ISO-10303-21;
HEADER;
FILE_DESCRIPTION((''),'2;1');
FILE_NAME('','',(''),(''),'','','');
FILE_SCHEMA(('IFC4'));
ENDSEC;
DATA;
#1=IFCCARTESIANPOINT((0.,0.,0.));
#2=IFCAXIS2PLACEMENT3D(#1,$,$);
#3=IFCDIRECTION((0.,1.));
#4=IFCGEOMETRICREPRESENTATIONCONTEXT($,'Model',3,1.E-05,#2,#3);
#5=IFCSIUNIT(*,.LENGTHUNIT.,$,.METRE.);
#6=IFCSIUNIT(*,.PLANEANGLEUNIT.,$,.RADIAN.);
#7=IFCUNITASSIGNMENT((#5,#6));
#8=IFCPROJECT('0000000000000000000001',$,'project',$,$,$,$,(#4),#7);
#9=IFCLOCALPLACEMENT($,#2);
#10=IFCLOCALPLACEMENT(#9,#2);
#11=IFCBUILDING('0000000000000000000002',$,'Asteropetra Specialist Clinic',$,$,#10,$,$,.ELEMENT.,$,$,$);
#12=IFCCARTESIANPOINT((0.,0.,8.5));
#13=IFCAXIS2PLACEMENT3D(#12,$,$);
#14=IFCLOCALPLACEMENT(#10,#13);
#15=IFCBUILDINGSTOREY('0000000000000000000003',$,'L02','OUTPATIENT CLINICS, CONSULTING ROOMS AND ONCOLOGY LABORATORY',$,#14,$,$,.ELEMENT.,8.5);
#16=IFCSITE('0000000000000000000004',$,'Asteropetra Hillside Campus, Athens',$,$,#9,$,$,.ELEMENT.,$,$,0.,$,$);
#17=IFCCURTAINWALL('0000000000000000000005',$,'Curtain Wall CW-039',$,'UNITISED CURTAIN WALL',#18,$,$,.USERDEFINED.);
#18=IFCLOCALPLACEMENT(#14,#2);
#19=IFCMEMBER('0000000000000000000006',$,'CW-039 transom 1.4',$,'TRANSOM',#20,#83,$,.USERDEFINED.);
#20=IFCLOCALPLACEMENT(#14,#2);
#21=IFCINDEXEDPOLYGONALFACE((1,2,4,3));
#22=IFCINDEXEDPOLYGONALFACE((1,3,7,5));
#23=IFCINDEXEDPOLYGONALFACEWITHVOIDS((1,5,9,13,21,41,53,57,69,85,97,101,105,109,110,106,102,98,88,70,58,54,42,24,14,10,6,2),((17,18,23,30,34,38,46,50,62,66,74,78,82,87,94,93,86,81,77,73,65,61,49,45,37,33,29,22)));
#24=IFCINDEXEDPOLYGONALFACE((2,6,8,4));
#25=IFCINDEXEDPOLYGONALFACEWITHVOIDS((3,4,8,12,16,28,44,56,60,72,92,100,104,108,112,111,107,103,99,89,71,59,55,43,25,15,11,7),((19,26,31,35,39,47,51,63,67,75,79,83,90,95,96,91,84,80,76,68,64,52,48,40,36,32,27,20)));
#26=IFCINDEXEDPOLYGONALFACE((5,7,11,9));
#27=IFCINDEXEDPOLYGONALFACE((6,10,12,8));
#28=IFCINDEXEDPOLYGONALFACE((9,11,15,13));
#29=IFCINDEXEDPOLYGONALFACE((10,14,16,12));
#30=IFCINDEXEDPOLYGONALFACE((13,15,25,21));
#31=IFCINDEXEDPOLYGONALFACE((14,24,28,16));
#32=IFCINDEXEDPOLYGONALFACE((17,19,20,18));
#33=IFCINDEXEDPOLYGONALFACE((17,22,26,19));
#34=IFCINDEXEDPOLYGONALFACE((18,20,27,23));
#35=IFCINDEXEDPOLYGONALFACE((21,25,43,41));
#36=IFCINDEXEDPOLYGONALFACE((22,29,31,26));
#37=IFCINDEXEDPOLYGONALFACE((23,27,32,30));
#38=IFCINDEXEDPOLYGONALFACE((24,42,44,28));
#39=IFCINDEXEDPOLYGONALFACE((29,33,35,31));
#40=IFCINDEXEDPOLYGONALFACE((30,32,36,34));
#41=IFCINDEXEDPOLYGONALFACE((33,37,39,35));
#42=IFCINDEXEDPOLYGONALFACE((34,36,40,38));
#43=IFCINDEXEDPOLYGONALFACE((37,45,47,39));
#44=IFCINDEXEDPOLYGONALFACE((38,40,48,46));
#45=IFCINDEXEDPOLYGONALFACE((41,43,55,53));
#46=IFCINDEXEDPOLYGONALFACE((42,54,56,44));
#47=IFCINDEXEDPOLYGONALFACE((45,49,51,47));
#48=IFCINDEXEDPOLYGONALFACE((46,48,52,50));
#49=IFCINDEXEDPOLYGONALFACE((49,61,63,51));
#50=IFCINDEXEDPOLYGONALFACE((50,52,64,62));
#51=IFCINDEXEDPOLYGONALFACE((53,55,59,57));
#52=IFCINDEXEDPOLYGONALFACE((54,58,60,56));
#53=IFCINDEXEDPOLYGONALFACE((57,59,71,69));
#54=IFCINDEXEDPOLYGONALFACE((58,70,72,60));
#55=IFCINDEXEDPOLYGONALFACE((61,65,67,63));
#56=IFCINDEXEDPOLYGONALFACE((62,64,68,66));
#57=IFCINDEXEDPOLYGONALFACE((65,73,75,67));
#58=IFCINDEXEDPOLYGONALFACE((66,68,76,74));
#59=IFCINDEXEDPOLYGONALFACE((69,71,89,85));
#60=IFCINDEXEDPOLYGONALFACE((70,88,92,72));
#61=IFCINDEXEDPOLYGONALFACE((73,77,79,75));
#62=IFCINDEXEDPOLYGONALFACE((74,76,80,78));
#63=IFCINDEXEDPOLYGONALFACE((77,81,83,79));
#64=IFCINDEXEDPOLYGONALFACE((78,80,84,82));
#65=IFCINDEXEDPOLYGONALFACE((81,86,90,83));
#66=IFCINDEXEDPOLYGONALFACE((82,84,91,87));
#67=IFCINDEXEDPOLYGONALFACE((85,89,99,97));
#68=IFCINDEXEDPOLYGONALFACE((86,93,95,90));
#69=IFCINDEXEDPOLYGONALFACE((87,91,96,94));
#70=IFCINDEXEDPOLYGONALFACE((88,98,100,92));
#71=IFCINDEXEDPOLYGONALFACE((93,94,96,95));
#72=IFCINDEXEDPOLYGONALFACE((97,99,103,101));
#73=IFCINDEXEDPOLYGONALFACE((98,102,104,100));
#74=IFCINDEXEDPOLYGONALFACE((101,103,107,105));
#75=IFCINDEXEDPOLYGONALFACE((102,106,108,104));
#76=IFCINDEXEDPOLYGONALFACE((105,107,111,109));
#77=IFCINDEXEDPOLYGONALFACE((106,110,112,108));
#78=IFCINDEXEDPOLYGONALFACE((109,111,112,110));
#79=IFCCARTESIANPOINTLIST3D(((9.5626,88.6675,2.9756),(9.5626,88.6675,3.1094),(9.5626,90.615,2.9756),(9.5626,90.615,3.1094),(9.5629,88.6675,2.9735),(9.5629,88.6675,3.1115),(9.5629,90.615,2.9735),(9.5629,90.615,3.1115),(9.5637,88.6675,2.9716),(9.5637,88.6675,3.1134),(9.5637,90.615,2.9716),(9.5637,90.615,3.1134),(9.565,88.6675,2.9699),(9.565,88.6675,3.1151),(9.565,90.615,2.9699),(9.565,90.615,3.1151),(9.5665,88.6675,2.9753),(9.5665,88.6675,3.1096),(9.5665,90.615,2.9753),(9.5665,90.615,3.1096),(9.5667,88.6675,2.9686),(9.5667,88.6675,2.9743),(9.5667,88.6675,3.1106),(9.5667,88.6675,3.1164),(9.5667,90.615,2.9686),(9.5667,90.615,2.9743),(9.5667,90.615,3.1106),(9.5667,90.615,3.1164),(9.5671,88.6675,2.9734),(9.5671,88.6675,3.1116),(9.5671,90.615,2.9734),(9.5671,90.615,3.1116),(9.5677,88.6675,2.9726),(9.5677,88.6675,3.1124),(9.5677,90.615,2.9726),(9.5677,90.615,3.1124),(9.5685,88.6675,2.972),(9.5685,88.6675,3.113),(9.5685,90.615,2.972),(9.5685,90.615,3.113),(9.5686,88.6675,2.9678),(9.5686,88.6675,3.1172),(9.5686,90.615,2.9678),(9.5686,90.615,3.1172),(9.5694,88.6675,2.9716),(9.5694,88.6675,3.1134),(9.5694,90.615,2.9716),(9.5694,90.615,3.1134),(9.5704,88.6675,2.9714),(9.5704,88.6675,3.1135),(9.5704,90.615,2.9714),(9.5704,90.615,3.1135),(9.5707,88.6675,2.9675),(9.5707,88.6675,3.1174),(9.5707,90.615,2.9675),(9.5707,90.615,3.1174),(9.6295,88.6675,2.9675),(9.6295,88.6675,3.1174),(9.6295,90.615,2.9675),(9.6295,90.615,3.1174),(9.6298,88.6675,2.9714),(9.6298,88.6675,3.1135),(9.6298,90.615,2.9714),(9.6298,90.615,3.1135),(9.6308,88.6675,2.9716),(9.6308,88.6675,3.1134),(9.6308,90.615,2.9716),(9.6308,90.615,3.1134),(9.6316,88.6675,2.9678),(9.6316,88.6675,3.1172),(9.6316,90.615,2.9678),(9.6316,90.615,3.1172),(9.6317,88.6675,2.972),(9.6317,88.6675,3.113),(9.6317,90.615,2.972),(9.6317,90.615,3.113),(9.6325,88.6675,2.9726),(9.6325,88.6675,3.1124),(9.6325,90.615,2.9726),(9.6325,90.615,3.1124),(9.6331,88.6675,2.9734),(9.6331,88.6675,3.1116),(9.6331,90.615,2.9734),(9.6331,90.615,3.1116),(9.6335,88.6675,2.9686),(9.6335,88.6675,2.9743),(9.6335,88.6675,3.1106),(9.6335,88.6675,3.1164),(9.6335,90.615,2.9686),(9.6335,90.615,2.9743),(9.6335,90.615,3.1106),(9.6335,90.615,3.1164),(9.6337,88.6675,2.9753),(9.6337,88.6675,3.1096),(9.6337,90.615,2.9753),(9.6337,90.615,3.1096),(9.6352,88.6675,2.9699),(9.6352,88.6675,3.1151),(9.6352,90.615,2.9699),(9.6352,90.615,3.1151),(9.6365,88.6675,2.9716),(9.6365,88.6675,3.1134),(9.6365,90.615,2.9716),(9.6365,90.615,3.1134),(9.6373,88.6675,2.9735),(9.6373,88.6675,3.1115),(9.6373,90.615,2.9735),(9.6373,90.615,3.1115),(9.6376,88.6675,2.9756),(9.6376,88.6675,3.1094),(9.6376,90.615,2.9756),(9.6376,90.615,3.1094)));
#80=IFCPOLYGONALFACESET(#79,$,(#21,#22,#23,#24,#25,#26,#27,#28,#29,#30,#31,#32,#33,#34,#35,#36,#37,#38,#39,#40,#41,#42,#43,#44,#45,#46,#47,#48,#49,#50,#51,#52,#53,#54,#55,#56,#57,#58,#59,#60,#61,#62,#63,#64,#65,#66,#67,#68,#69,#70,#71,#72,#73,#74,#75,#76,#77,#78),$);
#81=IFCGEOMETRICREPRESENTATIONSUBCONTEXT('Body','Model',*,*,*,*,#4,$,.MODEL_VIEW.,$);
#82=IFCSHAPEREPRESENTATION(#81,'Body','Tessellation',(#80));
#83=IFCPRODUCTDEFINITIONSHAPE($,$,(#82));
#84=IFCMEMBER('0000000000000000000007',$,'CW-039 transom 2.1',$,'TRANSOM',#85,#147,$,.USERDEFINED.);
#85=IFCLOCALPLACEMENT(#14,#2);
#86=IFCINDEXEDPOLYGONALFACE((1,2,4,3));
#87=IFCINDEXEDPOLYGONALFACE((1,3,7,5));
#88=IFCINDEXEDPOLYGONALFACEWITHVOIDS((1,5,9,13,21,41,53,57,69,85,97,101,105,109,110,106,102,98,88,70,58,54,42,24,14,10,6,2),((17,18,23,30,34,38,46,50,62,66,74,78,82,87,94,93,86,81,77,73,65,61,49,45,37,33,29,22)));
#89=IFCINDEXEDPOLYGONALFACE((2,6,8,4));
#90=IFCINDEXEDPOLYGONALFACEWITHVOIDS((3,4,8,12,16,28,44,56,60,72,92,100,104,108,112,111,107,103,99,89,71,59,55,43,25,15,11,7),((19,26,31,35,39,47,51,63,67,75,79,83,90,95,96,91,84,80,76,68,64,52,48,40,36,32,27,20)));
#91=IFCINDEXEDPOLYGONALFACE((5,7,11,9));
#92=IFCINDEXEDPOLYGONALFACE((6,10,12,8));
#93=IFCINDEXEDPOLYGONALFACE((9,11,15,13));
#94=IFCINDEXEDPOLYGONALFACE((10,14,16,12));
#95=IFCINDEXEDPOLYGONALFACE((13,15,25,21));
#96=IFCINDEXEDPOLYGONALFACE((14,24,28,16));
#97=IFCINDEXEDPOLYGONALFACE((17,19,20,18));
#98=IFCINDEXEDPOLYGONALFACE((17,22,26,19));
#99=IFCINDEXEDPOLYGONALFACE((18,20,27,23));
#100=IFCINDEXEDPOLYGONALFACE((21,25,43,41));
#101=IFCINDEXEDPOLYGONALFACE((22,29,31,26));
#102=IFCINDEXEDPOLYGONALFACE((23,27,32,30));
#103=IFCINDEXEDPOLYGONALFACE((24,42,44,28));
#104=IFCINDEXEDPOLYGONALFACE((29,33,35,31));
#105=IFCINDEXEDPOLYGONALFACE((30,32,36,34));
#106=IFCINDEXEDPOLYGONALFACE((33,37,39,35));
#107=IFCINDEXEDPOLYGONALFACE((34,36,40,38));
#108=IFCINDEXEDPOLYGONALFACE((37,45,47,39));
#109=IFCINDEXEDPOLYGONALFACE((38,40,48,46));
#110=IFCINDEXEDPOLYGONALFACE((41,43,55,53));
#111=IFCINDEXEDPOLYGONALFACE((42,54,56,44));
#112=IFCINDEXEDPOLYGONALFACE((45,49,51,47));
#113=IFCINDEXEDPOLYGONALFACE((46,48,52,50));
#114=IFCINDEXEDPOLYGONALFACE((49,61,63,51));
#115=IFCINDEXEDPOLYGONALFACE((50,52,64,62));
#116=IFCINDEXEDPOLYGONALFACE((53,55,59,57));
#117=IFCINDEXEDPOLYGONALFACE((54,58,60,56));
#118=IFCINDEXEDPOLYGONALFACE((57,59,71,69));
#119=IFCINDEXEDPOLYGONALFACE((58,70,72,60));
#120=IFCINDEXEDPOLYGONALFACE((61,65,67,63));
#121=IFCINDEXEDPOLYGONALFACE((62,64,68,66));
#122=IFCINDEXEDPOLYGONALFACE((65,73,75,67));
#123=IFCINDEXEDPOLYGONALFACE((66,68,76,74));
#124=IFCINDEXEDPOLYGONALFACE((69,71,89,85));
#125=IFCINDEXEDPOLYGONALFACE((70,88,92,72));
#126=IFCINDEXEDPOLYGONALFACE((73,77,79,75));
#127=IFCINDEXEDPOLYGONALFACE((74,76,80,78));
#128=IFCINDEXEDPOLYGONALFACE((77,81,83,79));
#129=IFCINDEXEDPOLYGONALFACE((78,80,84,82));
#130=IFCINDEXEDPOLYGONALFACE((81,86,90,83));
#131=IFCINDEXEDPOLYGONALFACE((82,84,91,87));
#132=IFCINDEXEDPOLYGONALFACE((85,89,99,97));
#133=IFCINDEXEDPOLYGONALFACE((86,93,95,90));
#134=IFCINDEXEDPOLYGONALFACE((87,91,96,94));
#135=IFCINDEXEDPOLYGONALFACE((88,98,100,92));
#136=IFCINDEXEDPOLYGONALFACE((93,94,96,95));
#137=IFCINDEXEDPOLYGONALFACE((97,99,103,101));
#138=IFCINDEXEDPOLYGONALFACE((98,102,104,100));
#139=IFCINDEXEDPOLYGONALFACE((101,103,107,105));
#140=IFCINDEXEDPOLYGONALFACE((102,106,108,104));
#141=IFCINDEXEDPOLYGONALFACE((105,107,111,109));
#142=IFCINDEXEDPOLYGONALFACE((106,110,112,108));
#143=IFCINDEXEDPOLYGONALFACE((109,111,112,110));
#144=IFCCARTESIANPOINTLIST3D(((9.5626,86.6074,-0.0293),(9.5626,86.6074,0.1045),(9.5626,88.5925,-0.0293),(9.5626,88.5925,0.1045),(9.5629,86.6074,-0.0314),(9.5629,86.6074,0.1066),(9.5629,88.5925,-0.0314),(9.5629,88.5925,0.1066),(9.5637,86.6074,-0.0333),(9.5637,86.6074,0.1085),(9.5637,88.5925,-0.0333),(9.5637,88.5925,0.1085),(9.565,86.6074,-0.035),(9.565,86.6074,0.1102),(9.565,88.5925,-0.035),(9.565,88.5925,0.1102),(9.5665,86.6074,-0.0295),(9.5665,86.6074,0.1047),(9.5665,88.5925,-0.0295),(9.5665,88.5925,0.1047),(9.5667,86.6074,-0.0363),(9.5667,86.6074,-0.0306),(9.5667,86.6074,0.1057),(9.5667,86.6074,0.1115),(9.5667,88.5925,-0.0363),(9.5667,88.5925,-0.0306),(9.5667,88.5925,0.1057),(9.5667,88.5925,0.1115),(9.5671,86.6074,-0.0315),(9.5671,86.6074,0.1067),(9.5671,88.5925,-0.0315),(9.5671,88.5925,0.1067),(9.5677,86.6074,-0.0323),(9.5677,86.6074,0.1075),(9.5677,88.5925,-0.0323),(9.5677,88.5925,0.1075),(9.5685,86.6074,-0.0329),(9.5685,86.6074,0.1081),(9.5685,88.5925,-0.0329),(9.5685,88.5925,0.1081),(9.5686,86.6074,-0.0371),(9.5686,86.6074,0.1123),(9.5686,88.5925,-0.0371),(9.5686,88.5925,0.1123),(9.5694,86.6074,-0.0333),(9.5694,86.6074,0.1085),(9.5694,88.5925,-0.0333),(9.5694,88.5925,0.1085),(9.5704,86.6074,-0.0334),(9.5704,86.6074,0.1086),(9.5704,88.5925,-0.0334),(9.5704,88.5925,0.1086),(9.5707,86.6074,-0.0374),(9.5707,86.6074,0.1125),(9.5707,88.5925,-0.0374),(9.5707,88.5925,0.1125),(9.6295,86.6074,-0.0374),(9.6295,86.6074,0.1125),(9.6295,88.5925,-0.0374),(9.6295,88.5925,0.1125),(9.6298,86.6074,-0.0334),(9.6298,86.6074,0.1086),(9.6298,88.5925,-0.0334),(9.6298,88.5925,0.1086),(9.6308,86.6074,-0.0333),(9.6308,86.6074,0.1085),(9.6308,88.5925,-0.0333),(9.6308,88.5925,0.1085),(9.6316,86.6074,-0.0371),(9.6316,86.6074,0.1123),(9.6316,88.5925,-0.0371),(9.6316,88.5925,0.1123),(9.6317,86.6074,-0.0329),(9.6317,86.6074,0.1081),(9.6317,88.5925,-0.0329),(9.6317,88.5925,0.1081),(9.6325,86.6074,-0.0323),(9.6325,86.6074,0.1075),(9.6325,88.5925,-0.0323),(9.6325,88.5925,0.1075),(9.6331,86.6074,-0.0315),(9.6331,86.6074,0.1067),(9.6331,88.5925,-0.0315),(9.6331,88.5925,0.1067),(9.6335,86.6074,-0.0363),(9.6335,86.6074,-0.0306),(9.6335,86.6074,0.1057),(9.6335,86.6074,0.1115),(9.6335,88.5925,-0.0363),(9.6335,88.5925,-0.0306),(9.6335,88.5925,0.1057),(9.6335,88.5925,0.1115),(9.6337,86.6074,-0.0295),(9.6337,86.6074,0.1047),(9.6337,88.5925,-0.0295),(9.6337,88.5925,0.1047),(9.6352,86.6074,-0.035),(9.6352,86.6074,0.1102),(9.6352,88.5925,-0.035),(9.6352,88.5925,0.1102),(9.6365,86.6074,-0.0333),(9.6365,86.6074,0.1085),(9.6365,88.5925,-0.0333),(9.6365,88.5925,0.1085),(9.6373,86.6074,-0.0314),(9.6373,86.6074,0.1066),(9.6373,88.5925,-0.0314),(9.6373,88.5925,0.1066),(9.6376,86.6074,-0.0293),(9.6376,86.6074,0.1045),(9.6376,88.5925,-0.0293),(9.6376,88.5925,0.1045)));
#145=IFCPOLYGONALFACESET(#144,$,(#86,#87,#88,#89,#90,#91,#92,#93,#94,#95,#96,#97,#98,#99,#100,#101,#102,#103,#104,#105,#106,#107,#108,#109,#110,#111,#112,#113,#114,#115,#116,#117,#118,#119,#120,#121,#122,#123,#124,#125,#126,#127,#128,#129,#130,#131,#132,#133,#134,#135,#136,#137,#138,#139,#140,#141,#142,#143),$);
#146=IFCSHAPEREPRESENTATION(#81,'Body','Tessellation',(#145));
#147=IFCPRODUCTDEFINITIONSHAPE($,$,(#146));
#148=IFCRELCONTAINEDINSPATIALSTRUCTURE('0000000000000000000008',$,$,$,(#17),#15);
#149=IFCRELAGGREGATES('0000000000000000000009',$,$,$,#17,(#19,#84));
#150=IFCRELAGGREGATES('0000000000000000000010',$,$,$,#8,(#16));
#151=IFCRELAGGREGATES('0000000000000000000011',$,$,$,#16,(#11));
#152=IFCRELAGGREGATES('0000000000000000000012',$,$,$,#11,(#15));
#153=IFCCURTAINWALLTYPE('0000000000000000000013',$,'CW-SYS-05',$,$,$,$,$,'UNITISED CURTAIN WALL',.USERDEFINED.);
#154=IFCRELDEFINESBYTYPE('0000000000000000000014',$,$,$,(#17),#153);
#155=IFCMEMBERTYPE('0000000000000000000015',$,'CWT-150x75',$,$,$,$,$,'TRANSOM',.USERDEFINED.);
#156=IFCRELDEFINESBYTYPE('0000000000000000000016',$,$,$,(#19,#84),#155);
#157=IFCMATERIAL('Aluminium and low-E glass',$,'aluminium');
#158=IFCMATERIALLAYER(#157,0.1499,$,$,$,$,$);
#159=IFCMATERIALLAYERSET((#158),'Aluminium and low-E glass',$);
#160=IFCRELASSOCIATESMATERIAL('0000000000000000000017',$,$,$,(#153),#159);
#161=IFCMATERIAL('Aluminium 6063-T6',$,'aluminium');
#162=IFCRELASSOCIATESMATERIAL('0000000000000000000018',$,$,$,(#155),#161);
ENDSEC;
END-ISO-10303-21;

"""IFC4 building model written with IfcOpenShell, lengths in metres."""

from ifc_helpers import new_model, si_unit, direction, frame, origin, origin_2d, place, context, subcontext, project, spatial, hollow_rectangle, extrude, material, layer, layer_set, material_profile, profile_set, type_object, element, aggregate, save


model = new_model("IFC4")

# Units and contexts
model_context = context("Model", 3, precision=1e-05, world=origin(), true_north=direction((0.0, 1.0)))
body_context = subcontext(model_context, "Body", "Model", "MODEL_VIEW")
ifc_project = project(units=[si_unit("LENGTHUNIT", "METRE"), si_unit("PLANEANGLEUNIT", "RADIAN")], contexts=[model_context])

# Site, building, storey
site_placement = place(None, origin())
site = spatial("IfcSite", under=ifc_project, at=site_placement, Name="Asteropetra Hillside Campus, Athens", CompositionType="ELEMENT", RefElevation=0.0)
building_placement = place(site_placement, origin())
building = spatial("IfcBuilding", under=site, at=building_placement, Name="Asteropetra Specialist Clinic", CompositionType="ELEMENT")
storey_placement = place(building_placement, frame((0.0, 0.0, 8.5)))
storey = spatial("IfcBuildingStorey", under=building, at=storey_placement, Name="L02", Description="OUTPATIENT CLINICS, CONSULTING ROOMS AND ONCOLOGY LABORATORY", CompositionType="ELEMENT", Elevation=8.5)

# Curtain wall, members
ifc_material_1 = material(Name="Aluminium and low-E glass", Category="aluminium")
ifc_layer_1 = layer(ifc_material_1, 0.1499)
ifc_layer_set_1 = layer_set([ifc_layer_1], Name="Aluminium and low-E glass")
curtain_wall_type = type_object("IfcCurtainWallType", Name="CW-SYS-05", ElementType="UNITISED CURTAIN WALL", PredefinedType="USERDEFINED", material=ifc_layer_set_1)
curtain_wall_placement = place(storey_placement, origin())
curtain_wall = element("IfcCurtainWall", 1, at=curtain_wall_placement, inside=storey, type_object=curtain_wall_type, Name="Curtain Wall CW-039", ObjectType="UNITISED CURTAIN WALL", PredefinedType="USERDEFINED")
ifc_material_2 = material(Name="Aluminium 6063-T6", Category="aluminium")
ifc_material_profile_1 = material_profile(ifc_material_2, hollow_rectangle(XDim=0.075, YDim=0.1499, WallThickness=0.0039, InnerFilletRadius=0.0039, OuterFilletRadius=0.0081, at=origin_2d()), Name="TRN 150x75x4.0")
ifc_profile_set_1 = profile_set([ifc_material_profile_1], Name="Aluminium 6063-T6")
member_type_1 = type_object("IfcMemberType", Name="CWT-150x75", ElementType="TRANSOM", PredefinedType="USERDEFINED", material=ifc_profile_set_1)
member_1_placement = place(storey_placement, frame((9.6001, 90.615, 3.0425), z_axis=(0.0, -1.0, 0.0), x_axis=(1.0, 0.0, 0.0)))
member_1 = element("IfcMember", 2, at=member_1_placement, type_object=member_type_1, Name="CW-039 transom 1.4", ObjectType="TRANSOM", PredefinedType="USERDEFINED", context=body_context, shape_type="SweptSolid", body=[
    extrude(hollow_rectangle(XDim=0.075, YDim=0.1499, WallThickness=0.0039, InnerFilletRadius=0.0039, OuterFilletRadius=0.0081, at=origin_2d()), origin(), (0.0, 0.0, 1.0), 1.9475),
])
member_2_placement = place(storey_placement, frame((9.6001, 88.5925, 0.0376), z_axis=(0.0, -1.0, 0.0), x_axis=(1.0, 0.0, 0.0)))
member_2 = element("IfcMember", 3, at=member_2_placement, type_object=member_type_1, Name="CW-039 transom 2.1", ObjectType="TRANSOM", PredefinedType="USERDEFINED", context=body_context, shape_type="SweptSolid", body=[
    extrude(hollow_rectangle(XDim=0.075, YDim=0.1499, WallThickness=0.0039, InnerFilletRadius=0.0039, OuterFilletRadius=0.0081, at=origin_2d()), origin(), (0.0, 0.0, 1.0), 1.9851),
])

aggregate(curtain_wall, [member_1, member_2])

save(model, "model.ifc")
